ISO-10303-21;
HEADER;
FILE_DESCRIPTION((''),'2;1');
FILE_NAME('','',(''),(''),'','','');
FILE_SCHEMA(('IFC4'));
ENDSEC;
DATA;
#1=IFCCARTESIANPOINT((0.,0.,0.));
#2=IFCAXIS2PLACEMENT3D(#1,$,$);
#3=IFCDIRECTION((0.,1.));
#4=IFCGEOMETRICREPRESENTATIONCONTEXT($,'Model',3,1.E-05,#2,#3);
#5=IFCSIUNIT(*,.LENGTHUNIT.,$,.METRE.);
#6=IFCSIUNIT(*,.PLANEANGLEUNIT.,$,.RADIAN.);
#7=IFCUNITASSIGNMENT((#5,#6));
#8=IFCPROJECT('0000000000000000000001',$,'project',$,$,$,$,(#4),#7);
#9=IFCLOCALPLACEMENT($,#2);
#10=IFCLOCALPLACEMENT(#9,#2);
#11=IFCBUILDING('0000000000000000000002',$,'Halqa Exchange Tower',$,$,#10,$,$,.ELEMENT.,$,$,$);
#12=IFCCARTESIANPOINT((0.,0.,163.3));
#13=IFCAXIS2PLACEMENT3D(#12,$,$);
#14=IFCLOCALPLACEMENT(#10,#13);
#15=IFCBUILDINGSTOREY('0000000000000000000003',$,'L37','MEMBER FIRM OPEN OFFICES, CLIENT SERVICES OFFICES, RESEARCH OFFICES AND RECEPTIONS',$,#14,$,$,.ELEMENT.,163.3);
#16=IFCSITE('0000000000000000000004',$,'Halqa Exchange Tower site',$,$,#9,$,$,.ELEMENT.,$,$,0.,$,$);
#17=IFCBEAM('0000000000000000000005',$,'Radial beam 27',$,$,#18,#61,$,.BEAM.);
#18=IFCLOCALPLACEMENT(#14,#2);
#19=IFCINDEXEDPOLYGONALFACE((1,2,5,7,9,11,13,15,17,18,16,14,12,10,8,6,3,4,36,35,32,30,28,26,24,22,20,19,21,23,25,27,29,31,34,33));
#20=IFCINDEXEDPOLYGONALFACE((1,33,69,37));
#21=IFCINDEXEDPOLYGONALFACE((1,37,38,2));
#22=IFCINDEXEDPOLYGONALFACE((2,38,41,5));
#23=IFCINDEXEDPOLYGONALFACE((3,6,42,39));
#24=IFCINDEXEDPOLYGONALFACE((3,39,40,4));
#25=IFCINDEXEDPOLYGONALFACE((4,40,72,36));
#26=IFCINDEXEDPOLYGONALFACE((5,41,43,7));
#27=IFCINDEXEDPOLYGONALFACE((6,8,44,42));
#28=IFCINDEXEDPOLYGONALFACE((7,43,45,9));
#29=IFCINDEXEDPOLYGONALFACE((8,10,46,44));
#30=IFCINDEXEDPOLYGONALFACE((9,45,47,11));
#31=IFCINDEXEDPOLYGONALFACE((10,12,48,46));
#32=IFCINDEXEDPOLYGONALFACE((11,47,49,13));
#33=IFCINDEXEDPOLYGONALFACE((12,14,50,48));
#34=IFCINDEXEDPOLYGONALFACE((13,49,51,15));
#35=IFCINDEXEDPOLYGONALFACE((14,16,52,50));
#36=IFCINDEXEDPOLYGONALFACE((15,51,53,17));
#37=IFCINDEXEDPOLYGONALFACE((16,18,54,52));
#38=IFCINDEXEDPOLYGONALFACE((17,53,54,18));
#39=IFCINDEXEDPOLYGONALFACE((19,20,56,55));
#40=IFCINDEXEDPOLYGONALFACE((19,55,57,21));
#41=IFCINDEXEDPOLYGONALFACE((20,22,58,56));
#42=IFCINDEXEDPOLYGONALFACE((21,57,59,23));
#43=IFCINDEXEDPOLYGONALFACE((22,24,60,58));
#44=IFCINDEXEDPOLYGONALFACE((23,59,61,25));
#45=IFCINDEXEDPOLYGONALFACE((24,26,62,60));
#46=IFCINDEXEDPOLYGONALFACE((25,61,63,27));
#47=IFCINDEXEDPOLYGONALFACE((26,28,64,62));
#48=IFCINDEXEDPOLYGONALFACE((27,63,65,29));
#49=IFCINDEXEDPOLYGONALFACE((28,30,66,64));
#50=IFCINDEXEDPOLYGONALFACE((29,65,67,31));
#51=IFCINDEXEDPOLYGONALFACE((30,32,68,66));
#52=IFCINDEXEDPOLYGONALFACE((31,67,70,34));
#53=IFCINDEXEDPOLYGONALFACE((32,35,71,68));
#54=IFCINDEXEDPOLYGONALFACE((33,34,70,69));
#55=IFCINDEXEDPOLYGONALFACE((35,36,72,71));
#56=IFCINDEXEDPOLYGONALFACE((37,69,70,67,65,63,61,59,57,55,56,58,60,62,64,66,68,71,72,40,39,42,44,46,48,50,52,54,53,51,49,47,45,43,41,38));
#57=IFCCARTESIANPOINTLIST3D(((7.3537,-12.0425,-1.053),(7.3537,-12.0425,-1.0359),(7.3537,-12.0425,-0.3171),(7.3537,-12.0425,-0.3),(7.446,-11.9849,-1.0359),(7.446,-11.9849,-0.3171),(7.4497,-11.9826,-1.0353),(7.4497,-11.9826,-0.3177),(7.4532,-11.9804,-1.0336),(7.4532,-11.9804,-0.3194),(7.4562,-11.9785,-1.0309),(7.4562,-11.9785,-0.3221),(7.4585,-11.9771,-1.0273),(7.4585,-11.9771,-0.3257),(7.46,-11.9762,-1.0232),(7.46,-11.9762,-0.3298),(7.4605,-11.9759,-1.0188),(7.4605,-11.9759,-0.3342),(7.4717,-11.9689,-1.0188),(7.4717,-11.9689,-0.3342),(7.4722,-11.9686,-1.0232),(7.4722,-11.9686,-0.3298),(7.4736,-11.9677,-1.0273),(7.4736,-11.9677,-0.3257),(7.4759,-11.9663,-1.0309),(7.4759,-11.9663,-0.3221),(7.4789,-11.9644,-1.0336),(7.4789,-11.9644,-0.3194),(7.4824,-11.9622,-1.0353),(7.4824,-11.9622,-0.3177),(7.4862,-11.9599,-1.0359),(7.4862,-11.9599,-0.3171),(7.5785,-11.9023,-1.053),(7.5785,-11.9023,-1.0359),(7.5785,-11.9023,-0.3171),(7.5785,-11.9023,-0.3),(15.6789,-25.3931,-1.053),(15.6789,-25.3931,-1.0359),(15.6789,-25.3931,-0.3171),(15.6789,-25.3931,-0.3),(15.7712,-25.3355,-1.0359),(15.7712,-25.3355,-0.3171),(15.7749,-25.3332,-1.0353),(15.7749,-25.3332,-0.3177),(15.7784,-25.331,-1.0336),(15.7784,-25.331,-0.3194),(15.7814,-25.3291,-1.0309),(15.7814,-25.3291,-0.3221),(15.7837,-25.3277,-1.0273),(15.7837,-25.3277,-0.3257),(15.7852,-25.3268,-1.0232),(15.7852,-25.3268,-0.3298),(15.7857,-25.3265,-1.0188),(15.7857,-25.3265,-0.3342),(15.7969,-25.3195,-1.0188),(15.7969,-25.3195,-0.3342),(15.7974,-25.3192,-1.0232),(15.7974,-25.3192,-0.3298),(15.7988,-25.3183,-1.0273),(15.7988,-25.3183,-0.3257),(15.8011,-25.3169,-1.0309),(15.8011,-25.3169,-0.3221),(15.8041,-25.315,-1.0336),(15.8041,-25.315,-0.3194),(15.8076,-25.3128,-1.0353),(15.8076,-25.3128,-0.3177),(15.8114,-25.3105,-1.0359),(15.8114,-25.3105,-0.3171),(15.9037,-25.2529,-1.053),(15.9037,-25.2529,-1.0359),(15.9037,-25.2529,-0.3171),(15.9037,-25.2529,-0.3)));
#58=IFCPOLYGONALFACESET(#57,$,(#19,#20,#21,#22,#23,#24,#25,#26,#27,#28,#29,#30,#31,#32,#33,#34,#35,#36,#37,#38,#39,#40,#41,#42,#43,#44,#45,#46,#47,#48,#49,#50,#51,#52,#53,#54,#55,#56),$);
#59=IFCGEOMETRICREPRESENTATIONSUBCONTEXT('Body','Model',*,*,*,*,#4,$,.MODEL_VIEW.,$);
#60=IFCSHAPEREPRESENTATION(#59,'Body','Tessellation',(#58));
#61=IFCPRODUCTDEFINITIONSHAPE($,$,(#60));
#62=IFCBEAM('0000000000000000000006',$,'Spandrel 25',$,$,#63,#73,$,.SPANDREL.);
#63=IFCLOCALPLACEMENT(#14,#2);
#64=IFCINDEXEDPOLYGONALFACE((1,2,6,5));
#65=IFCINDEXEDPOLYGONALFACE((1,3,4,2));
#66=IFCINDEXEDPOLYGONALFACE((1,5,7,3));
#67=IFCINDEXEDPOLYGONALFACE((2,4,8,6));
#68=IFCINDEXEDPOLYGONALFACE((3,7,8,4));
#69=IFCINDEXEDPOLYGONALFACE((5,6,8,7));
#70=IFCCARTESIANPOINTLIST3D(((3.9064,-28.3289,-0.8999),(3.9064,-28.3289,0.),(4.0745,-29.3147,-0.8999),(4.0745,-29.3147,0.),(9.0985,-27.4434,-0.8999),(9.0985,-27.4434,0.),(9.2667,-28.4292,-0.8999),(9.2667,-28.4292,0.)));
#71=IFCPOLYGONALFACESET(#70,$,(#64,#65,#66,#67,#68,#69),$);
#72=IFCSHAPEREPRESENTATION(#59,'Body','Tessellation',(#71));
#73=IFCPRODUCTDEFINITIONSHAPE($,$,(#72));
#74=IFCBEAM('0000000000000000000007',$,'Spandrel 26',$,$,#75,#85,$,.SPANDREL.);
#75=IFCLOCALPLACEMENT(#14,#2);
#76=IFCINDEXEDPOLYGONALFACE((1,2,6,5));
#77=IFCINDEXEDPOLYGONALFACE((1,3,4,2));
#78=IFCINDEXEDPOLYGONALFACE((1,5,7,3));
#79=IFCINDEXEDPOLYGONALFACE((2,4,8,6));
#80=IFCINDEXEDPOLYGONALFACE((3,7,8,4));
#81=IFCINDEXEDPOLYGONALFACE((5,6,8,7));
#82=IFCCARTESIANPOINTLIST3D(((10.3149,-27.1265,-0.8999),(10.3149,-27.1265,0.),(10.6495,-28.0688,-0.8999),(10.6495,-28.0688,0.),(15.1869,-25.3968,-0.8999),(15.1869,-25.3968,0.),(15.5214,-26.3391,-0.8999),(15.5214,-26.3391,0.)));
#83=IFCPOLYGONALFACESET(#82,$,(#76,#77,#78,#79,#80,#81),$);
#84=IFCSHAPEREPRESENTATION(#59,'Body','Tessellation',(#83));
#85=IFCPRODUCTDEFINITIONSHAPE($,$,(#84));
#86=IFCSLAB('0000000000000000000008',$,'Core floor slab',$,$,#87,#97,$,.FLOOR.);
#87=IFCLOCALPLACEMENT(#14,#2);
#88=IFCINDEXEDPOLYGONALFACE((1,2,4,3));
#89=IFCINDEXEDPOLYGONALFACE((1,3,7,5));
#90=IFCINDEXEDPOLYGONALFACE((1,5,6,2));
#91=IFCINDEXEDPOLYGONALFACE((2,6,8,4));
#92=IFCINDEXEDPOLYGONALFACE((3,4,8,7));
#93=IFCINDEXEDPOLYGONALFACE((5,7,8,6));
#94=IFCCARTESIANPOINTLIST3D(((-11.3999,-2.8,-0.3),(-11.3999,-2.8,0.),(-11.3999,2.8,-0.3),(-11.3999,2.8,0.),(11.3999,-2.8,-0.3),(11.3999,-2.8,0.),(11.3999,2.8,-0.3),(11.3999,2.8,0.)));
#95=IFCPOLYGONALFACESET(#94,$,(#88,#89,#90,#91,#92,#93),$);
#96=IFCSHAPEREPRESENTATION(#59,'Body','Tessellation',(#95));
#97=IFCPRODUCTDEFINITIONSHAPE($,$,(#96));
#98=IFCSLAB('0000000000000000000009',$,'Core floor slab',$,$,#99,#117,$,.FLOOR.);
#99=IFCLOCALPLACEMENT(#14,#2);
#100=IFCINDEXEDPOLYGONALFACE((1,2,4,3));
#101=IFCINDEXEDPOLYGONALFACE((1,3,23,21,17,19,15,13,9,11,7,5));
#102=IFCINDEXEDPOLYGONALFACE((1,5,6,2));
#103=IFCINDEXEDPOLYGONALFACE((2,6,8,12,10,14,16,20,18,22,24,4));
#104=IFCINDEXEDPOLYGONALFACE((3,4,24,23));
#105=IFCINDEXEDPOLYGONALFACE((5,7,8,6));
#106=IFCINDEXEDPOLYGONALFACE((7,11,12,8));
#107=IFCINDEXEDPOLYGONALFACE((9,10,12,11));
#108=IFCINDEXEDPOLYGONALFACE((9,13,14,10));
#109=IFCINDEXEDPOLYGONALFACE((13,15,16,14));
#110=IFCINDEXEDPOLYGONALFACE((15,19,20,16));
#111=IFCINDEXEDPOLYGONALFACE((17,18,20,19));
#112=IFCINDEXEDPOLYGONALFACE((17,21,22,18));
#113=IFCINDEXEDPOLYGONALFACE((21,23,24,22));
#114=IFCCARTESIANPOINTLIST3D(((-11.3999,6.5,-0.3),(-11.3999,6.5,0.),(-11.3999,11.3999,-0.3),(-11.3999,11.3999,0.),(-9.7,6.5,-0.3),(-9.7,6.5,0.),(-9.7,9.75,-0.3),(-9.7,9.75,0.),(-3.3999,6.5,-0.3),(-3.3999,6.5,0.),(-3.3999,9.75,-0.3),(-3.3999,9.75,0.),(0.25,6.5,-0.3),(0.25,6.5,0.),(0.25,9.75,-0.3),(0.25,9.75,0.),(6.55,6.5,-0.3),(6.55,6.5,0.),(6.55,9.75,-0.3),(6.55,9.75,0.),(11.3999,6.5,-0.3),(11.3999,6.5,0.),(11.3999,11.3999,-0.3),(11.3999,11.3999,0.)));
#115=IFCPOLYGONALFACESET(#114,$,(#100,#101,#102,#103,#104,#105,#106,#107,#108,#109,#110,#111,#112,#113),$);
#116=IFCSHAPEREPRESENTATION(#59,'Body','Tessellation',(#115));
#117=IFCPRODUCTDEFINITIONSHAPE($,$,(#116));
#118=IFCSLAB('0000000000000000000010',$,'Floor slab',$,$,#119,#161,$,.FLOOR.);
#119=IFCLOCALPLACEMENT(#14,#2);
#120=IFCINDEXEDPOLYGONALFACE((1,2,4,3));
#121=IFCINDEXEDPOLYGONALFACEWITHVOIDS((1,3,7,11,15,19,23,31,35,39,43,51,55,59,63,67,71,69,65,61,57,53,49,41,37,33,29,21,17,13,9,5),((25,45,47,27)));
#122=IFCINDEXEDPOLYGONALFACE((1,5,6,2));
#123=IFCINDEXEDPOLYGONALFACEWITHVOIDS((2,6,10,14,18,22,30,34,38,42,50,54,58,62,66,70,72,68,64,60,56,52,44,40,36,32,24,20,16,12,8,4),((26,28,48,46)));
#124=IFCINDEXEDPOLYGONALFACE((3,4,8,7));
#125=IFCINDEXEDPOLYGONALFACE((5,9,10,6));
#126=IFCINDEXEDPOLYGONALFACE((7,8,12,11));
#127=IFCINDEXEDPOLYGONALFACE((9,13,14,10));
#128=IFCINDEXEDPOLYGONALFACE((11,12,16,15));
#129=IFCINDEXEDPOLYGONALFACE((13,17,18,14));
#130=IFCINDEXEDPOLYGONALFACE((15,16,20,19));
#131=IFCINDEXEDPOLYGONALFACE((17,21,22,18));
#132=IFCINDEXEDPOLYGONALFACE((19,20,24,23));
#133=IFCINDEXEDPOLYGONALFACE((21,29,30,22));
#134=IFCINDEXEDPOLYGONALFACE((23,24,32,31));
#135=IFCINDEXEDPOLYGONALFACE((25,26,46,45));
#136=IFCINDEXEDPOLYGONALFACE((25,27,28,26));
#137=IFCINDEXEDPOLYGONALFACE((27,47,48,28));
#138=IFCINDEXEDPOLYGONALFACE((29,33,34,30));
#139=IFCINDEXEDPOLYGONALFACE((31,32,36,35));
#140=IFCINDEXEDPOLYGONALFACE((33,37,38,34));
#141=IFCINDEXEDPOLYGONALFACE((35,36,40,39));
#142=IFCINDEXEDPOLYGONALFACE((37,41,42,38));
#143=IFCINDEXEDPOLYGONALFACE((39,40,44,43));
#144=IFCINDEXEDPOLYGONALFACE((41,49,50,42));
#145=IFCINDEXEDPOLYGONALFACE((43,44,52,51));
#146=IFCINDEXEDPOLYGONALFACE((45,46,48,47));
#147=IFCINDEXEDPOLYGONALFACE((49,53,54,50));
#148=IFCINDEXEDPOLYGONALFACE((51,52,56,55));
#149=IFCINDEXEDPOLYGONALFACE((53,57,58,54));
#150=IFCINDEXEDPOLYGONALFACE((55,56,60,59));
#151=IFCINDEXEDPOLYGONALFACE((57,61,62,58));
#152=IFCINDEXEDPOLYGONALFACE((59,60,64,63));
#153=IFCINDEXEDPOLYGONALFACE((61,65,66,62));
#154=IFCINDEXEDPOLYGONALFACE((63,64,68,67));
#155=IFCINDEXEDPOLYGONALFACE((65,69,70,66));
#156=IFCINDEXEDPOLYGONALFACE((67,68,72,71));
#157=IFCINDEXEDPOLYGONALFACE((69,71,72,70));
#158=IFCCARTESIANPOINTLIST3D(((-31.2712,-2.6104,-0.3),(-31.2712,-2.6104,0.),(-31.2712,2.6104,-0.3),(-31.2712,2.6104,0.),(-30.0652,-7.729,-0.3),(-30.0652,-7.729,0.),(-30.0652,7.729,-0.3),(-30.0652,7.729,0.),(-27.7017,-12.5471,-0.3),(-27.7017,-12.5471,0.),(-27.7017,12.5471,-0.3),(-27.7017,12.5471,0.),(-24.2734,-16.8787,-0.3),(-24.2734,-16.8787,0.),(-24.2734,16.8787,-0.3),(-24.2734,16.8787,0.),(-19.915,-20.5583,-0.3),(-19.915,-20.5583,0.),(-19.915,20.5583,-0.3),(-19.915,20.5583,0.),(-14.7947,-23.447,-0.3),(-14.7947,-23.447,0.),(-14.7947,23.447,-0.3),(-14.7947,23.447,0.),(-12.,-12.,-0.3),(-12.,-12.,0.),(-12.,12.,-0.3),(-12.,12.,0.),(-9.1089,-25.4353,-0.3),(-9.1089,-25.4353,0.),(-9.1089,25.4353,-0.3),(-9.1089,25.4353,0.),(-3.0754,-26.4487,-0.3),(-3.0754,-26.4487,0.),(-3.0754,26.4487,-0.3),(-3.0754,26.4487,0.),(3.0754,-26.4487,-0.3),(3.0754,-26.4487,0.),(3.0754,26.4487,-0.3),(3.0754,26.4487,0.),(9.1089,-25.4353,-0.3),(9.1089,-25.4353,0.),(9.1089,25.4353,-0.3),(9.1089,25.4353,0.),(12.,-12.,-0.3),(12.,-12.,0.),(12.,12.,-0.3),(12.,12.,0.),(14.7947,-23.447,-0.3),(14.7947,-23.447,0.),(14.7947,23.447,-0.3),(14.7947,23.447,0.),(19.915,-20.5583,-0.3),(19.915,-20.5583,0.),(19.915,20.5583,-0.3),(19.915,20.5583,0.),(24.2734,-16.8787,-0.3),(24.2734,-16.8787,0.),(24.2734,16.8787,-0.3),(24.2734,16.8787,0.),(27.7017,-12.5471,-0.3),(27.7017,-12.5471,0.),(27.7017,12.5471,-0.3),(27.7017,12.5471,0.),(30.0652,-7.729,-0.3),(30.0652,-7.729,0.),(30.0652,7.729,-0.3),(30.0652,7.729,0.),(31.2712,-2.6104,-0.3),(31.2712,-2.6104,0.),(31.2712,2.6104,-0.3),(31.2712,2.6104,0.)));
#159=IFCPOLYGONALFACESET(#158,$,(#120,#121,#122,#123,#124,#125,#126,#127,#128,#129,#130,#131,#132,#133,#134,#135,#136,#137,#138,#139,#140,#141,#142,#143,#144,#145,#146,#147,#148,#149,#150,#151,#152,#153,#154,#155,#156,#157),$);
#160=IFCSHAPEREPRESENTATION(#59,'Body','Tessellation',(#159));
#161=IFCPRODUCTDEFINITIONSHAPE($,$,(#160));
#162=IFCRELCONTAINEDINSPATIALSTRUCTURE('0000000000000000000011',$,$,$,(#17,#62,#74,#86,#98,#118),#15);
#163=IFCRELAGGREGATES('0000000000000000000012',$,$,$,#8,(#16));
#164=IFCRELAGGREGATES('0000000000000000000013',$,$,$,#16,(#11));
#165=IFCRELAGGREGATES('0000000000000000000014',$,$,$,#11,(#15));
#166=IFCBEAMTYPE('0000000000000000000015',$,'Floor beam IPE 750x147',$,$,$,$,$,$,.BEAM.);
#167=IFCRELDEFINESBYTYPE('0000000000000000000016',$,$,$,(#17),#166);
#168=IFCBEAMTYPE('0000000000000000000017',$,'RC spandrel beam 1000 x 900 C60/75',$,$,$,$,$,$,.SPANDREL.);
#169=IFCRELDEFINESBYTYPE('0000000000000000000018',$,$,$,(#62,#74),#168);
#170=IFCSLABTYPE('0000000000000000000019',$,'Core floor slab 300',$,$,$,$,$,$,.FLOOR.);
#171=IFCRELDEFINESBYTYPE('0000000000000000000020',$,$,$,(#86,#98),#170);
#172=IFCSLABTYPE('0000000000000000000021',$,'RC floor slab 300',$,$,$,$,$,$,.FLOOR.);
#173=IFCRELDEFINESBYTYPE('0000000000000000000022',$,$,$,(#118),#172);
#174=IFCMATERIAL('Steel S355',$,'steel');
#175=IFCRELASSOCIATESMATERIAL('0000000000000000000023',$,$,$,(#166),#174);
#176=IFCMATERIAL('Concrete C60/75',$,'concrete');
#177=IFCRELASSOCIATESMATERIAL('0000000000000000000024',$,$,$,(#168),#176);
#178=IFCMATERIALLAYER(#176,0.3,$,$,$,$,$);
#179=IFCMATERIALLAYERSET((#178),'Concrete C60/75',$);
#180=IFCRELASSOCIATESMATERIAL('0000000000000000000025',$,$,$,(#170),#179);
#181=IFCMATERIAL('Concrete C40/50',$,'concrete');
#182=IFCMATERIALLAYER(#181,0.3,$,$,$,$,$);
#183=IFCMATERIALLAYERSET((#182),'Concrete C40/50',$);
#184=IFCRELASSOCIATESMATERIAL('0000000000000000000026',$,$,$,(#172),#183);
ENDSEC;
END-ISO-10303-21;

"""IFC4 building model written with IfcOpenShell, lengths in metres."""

from ifc_helpers import new_model, si_unit, direction, frame, origin, origin_2d, place, context, subcontext, project, spatial, polyline, rectangle, i_section, outline, extrude, material, layer, layer_set, material_profile, profile_set, type_object, element, save


model = new_model("IFC4")

# Units and contexts
model_context = context("Model", 3, precision=1e-05, world=origin(), true_north=direction((0.0, 1.0)))
body_context = subcontext(model_context, "Body", "Model", "MODEL_VIEW")
ifc_project = project(units=[si_unit("LENGTHUNIT", "METRE"), si_unit("PLANEANGLEUNIT", "RADIAN")], contexts=[model_context])

# Site, building, storey
site_placement = place(None, origin())
site = spatial("IfcSite", under=ifc_project, at=site_placement, Name="Halqa Exchange Tower site", CompositionType="ELEMENT", RefElevation=0.0)
building_placement = place(site_placement, origin())
building = spatial("IfcBuilding", under=site, at=building_placement, Name="Halqa Exchange Tower", CompositionType="ELEMENT")
storey_placement = place(building_placement, frame((0.0, 0.0, 163.3)))
storey = spatial("IfcBuildingStorey", under=building, at=storey_placement, Name="L37", Description="MEMBER FIRM OPEN OFFICES, CLIENT SERVICES OFFICES, RESEARCH OFFICES AND RECEPTIONS", CompositionType="ELEMENT", Elevation=163.3)

# Beams
ifc_material_1 = material(Name="Steel S355", Category="steel")
ifc_material_profile_1 = material_profile(ifc_material_1, i_section(OverallWidth=0.2649, OverallDepth=0.7529, WebThickness=0.0132, FlangeThickness=0.0171, FilletRadius=0.0171, at=origin_2d()), Name="IPE 750x147")
ifc_profile_set_1 = profile_set([ifc_material_profile_1], Name="Steel S355")
beam_type_1 = type_object("IfcBeamType", Name="Floor beam IPE 750x147", PredefinedType="BEAM", material=ifc_profile_set_1)
beam_1_placement = place(storey_placement, frame((7.4661, -11.9724, -0.6765), z_axis=(0.529134, -0.848538, 0.0), x_axis=(0.848538, 0.529134, 0.0)))
element("IfcBeam", 1, at=beam_1_placement, inside=storey, type_object=beam_type_1, Name="Radial beam 27", PredefinedType="BEAM", context=body_context, shape_type="SweptSolid", body=[
    extrude(i_section(OverallWidth=0.2649, OverallDepth=0.7529, WebThickness=0.0132, FlangeThickness=0.0171, FilletRadius=0.0171, at=origin_2d()), origin(), (0.0, 0.0, 1.0), 15.7336),
])
ifc_material_2 = material(Name="Concrete C60/75", Category="concrete")
ifc_material_profile_2 = material_profile(ifc_material_2, rectangle(XDim=1.0, YDim=0.8999, at=origin_2d()), Name="1000 x 900")
ifc_profile_set_2 = profile_set([ifc_material_profile_2], Name="Concrete C60/75")
beam_type_2 = type_object("IfcBeamType", Name="RC spandrel beam 1000 x 900 C60/75", PredefinedType="SPANDREL", material=ifc_profile_set_2)
beam_2_placement = place(storey_placement, frame((3.9905, -28.8218, -0.45), z_axis=(0.985767, 0.168119, 0.0), x_axis=(-0.168119, 0.985767, 0.0)))
element("IfcBeam", 2, at=beam_2_placement, inside=storey, type_object=beam_type_2, Name="Spandrel 25", PredefinedType="SPANDREL", context=body_context, shape_type="SweptSolid", body=[
    extrude(rectangle(XDim=1.0, YDim=0.8999, at=origin_2d()), origin(), (0.0, 0.0, 1.0), 5.2671),
])
beam_3_placement = place(storey_placement, frame((10.4822, -27.5977, -0.45), z_axis=(0.942371, 0.334571, 0.0), x_axis=(-0.334571, 0.942371, 0.0)))
element("IfcBeam", 3, at=beam_3_placement, inside=storey, type_object=beam_type_2, Name="Spandrel 26", PredefinedType="SPANDREL", context=body_context, shape_type="SweptSolid", body=[
    extrude(rectangle(XDim=1.0, YDim=0.8999, at=origin_2d()), origin(), (0.0, 0.0, 1.0), 5.1699),
])

# Slabs
ifc_layer_1 = layer(ifc_material_2, 0.3)
ifc_layer_set_1 = layer_set([ifc_layer_1], Name="Concrete C60/75")
slab_type_1 = type_object("IfcSlabType", Name="Core floor slab 300", PredefinedType="FLOOR", material=ifc_layer_set_1)
slab_1_placement = place(storey_placement, frame((0.0, 0.0, -0.3)))
element("IfcSlab", 4, at=slab_1_placement, inside=storey, type_object=slab_type_1, Name="Core floor slab", PredefinedType="FLOOR", context=body_context, shape_type="SweptSolid", body=[
    extrude(outline(polyline([(-11.3999, 2.8), (11.3999, 2.8), (11.3999, -2.8), (-11.3999, -2.8), (-11.3999, 2.8)])), origin(), (0.0, 0.0, 1.0), 0.3),
])
slab_2_placement = place(storey_placement, frame((0.0, 0.0, -0.3)))
element("IfcSlab", 5, at=slab_2_placement, inside=storey, type_object=slab_type_1, Name="Core floor slab", PredefinedType="FLOOR", context=body_context, shape_type="SweptSolid", body=[
    extrude(outline(polyline([(-11.3999, 11.3999), (11.3999, 11.3999), (11.3999, 6.5), (6.55, 6.5), (6.55, 9.75), (0.25, 9.75), (0.25, 6.5), (-3.3999, 6.5), (-3.3999, 9.75), (-9.7, 9.75), (-9.7, 6.5), (-11.3999, 6.5), (-11.3999, 11.3999)])), origin(), (0.0, 0.0, 1.0), 0.3),
])
ifc_material_3 = material(Name="Concrete C40/50", Category="concrete")
ifc_layer_2 = layer(ifc_material_3, 0.3)
ifc_layer_set_2 = layer_set([ifc_layer_2], Name="Concrete C40/50")
slab_type_2 = type_object("IfcSlabType", Name="RC floor slab 300", PredefinedType="FLOOR", material=ifc_layer_set_2)
slab_3_placement = place(storey_placement, frame((0.0, 0.0, -0.3)))
element("IfcSlab", 6, at=slab_3_placement, inside=storey, type_object=slab_type_2, Name="Floor slab", PredefinedType="FLOOR", context=body_context, shape_type="SweptSolid", body=[
    extrude(outline(polyline([(31.2712, 2.6104), (30.0652, 7.729), (27.7017, 12.5471), (24.2734, 16.8787), (19.915, 20.5583), (14.7947, 23.447), (9.1089, 25.4353), (3.0754, 26.4487), (-3.0754, 26.4487), (-9.1089, 25.4353), (-14.7947, 23.447), (-19.915, 20.5583), (-24.2734, 16.8787), (-27.7017, 12.5471), (-30.0652, 7.729), (-31.2712, 2.6104), (-31.2712, -2.6104), (-30.0652, -7.729), (-27.7017, -12.5471), (-24.2734, -16.8787), (-19.915, -20.5583), (-14.7947, -23.447), (-9.1089, -25.4353), (-3.0754, -26.4487), (3.0754, -26.4487), (9.1089, -25.4353), (14.7947, -23.447), (19.915, -20.5583), (24.2734, -16.8787), (27.7017, -12.5471), (30.0652, -7.729), (31.2712, -2.6104), (31.2712, 2.6104)]), holes=[polyline([(-12.0, -12.0), (12.0, -12.0), (12.0, 12.0), (-12.0, 12.0), (-12.0, -12.0)])]), origin(), (0.0, 0.0, 1.0), 0.3),
])

save(model, "model.ifc")
